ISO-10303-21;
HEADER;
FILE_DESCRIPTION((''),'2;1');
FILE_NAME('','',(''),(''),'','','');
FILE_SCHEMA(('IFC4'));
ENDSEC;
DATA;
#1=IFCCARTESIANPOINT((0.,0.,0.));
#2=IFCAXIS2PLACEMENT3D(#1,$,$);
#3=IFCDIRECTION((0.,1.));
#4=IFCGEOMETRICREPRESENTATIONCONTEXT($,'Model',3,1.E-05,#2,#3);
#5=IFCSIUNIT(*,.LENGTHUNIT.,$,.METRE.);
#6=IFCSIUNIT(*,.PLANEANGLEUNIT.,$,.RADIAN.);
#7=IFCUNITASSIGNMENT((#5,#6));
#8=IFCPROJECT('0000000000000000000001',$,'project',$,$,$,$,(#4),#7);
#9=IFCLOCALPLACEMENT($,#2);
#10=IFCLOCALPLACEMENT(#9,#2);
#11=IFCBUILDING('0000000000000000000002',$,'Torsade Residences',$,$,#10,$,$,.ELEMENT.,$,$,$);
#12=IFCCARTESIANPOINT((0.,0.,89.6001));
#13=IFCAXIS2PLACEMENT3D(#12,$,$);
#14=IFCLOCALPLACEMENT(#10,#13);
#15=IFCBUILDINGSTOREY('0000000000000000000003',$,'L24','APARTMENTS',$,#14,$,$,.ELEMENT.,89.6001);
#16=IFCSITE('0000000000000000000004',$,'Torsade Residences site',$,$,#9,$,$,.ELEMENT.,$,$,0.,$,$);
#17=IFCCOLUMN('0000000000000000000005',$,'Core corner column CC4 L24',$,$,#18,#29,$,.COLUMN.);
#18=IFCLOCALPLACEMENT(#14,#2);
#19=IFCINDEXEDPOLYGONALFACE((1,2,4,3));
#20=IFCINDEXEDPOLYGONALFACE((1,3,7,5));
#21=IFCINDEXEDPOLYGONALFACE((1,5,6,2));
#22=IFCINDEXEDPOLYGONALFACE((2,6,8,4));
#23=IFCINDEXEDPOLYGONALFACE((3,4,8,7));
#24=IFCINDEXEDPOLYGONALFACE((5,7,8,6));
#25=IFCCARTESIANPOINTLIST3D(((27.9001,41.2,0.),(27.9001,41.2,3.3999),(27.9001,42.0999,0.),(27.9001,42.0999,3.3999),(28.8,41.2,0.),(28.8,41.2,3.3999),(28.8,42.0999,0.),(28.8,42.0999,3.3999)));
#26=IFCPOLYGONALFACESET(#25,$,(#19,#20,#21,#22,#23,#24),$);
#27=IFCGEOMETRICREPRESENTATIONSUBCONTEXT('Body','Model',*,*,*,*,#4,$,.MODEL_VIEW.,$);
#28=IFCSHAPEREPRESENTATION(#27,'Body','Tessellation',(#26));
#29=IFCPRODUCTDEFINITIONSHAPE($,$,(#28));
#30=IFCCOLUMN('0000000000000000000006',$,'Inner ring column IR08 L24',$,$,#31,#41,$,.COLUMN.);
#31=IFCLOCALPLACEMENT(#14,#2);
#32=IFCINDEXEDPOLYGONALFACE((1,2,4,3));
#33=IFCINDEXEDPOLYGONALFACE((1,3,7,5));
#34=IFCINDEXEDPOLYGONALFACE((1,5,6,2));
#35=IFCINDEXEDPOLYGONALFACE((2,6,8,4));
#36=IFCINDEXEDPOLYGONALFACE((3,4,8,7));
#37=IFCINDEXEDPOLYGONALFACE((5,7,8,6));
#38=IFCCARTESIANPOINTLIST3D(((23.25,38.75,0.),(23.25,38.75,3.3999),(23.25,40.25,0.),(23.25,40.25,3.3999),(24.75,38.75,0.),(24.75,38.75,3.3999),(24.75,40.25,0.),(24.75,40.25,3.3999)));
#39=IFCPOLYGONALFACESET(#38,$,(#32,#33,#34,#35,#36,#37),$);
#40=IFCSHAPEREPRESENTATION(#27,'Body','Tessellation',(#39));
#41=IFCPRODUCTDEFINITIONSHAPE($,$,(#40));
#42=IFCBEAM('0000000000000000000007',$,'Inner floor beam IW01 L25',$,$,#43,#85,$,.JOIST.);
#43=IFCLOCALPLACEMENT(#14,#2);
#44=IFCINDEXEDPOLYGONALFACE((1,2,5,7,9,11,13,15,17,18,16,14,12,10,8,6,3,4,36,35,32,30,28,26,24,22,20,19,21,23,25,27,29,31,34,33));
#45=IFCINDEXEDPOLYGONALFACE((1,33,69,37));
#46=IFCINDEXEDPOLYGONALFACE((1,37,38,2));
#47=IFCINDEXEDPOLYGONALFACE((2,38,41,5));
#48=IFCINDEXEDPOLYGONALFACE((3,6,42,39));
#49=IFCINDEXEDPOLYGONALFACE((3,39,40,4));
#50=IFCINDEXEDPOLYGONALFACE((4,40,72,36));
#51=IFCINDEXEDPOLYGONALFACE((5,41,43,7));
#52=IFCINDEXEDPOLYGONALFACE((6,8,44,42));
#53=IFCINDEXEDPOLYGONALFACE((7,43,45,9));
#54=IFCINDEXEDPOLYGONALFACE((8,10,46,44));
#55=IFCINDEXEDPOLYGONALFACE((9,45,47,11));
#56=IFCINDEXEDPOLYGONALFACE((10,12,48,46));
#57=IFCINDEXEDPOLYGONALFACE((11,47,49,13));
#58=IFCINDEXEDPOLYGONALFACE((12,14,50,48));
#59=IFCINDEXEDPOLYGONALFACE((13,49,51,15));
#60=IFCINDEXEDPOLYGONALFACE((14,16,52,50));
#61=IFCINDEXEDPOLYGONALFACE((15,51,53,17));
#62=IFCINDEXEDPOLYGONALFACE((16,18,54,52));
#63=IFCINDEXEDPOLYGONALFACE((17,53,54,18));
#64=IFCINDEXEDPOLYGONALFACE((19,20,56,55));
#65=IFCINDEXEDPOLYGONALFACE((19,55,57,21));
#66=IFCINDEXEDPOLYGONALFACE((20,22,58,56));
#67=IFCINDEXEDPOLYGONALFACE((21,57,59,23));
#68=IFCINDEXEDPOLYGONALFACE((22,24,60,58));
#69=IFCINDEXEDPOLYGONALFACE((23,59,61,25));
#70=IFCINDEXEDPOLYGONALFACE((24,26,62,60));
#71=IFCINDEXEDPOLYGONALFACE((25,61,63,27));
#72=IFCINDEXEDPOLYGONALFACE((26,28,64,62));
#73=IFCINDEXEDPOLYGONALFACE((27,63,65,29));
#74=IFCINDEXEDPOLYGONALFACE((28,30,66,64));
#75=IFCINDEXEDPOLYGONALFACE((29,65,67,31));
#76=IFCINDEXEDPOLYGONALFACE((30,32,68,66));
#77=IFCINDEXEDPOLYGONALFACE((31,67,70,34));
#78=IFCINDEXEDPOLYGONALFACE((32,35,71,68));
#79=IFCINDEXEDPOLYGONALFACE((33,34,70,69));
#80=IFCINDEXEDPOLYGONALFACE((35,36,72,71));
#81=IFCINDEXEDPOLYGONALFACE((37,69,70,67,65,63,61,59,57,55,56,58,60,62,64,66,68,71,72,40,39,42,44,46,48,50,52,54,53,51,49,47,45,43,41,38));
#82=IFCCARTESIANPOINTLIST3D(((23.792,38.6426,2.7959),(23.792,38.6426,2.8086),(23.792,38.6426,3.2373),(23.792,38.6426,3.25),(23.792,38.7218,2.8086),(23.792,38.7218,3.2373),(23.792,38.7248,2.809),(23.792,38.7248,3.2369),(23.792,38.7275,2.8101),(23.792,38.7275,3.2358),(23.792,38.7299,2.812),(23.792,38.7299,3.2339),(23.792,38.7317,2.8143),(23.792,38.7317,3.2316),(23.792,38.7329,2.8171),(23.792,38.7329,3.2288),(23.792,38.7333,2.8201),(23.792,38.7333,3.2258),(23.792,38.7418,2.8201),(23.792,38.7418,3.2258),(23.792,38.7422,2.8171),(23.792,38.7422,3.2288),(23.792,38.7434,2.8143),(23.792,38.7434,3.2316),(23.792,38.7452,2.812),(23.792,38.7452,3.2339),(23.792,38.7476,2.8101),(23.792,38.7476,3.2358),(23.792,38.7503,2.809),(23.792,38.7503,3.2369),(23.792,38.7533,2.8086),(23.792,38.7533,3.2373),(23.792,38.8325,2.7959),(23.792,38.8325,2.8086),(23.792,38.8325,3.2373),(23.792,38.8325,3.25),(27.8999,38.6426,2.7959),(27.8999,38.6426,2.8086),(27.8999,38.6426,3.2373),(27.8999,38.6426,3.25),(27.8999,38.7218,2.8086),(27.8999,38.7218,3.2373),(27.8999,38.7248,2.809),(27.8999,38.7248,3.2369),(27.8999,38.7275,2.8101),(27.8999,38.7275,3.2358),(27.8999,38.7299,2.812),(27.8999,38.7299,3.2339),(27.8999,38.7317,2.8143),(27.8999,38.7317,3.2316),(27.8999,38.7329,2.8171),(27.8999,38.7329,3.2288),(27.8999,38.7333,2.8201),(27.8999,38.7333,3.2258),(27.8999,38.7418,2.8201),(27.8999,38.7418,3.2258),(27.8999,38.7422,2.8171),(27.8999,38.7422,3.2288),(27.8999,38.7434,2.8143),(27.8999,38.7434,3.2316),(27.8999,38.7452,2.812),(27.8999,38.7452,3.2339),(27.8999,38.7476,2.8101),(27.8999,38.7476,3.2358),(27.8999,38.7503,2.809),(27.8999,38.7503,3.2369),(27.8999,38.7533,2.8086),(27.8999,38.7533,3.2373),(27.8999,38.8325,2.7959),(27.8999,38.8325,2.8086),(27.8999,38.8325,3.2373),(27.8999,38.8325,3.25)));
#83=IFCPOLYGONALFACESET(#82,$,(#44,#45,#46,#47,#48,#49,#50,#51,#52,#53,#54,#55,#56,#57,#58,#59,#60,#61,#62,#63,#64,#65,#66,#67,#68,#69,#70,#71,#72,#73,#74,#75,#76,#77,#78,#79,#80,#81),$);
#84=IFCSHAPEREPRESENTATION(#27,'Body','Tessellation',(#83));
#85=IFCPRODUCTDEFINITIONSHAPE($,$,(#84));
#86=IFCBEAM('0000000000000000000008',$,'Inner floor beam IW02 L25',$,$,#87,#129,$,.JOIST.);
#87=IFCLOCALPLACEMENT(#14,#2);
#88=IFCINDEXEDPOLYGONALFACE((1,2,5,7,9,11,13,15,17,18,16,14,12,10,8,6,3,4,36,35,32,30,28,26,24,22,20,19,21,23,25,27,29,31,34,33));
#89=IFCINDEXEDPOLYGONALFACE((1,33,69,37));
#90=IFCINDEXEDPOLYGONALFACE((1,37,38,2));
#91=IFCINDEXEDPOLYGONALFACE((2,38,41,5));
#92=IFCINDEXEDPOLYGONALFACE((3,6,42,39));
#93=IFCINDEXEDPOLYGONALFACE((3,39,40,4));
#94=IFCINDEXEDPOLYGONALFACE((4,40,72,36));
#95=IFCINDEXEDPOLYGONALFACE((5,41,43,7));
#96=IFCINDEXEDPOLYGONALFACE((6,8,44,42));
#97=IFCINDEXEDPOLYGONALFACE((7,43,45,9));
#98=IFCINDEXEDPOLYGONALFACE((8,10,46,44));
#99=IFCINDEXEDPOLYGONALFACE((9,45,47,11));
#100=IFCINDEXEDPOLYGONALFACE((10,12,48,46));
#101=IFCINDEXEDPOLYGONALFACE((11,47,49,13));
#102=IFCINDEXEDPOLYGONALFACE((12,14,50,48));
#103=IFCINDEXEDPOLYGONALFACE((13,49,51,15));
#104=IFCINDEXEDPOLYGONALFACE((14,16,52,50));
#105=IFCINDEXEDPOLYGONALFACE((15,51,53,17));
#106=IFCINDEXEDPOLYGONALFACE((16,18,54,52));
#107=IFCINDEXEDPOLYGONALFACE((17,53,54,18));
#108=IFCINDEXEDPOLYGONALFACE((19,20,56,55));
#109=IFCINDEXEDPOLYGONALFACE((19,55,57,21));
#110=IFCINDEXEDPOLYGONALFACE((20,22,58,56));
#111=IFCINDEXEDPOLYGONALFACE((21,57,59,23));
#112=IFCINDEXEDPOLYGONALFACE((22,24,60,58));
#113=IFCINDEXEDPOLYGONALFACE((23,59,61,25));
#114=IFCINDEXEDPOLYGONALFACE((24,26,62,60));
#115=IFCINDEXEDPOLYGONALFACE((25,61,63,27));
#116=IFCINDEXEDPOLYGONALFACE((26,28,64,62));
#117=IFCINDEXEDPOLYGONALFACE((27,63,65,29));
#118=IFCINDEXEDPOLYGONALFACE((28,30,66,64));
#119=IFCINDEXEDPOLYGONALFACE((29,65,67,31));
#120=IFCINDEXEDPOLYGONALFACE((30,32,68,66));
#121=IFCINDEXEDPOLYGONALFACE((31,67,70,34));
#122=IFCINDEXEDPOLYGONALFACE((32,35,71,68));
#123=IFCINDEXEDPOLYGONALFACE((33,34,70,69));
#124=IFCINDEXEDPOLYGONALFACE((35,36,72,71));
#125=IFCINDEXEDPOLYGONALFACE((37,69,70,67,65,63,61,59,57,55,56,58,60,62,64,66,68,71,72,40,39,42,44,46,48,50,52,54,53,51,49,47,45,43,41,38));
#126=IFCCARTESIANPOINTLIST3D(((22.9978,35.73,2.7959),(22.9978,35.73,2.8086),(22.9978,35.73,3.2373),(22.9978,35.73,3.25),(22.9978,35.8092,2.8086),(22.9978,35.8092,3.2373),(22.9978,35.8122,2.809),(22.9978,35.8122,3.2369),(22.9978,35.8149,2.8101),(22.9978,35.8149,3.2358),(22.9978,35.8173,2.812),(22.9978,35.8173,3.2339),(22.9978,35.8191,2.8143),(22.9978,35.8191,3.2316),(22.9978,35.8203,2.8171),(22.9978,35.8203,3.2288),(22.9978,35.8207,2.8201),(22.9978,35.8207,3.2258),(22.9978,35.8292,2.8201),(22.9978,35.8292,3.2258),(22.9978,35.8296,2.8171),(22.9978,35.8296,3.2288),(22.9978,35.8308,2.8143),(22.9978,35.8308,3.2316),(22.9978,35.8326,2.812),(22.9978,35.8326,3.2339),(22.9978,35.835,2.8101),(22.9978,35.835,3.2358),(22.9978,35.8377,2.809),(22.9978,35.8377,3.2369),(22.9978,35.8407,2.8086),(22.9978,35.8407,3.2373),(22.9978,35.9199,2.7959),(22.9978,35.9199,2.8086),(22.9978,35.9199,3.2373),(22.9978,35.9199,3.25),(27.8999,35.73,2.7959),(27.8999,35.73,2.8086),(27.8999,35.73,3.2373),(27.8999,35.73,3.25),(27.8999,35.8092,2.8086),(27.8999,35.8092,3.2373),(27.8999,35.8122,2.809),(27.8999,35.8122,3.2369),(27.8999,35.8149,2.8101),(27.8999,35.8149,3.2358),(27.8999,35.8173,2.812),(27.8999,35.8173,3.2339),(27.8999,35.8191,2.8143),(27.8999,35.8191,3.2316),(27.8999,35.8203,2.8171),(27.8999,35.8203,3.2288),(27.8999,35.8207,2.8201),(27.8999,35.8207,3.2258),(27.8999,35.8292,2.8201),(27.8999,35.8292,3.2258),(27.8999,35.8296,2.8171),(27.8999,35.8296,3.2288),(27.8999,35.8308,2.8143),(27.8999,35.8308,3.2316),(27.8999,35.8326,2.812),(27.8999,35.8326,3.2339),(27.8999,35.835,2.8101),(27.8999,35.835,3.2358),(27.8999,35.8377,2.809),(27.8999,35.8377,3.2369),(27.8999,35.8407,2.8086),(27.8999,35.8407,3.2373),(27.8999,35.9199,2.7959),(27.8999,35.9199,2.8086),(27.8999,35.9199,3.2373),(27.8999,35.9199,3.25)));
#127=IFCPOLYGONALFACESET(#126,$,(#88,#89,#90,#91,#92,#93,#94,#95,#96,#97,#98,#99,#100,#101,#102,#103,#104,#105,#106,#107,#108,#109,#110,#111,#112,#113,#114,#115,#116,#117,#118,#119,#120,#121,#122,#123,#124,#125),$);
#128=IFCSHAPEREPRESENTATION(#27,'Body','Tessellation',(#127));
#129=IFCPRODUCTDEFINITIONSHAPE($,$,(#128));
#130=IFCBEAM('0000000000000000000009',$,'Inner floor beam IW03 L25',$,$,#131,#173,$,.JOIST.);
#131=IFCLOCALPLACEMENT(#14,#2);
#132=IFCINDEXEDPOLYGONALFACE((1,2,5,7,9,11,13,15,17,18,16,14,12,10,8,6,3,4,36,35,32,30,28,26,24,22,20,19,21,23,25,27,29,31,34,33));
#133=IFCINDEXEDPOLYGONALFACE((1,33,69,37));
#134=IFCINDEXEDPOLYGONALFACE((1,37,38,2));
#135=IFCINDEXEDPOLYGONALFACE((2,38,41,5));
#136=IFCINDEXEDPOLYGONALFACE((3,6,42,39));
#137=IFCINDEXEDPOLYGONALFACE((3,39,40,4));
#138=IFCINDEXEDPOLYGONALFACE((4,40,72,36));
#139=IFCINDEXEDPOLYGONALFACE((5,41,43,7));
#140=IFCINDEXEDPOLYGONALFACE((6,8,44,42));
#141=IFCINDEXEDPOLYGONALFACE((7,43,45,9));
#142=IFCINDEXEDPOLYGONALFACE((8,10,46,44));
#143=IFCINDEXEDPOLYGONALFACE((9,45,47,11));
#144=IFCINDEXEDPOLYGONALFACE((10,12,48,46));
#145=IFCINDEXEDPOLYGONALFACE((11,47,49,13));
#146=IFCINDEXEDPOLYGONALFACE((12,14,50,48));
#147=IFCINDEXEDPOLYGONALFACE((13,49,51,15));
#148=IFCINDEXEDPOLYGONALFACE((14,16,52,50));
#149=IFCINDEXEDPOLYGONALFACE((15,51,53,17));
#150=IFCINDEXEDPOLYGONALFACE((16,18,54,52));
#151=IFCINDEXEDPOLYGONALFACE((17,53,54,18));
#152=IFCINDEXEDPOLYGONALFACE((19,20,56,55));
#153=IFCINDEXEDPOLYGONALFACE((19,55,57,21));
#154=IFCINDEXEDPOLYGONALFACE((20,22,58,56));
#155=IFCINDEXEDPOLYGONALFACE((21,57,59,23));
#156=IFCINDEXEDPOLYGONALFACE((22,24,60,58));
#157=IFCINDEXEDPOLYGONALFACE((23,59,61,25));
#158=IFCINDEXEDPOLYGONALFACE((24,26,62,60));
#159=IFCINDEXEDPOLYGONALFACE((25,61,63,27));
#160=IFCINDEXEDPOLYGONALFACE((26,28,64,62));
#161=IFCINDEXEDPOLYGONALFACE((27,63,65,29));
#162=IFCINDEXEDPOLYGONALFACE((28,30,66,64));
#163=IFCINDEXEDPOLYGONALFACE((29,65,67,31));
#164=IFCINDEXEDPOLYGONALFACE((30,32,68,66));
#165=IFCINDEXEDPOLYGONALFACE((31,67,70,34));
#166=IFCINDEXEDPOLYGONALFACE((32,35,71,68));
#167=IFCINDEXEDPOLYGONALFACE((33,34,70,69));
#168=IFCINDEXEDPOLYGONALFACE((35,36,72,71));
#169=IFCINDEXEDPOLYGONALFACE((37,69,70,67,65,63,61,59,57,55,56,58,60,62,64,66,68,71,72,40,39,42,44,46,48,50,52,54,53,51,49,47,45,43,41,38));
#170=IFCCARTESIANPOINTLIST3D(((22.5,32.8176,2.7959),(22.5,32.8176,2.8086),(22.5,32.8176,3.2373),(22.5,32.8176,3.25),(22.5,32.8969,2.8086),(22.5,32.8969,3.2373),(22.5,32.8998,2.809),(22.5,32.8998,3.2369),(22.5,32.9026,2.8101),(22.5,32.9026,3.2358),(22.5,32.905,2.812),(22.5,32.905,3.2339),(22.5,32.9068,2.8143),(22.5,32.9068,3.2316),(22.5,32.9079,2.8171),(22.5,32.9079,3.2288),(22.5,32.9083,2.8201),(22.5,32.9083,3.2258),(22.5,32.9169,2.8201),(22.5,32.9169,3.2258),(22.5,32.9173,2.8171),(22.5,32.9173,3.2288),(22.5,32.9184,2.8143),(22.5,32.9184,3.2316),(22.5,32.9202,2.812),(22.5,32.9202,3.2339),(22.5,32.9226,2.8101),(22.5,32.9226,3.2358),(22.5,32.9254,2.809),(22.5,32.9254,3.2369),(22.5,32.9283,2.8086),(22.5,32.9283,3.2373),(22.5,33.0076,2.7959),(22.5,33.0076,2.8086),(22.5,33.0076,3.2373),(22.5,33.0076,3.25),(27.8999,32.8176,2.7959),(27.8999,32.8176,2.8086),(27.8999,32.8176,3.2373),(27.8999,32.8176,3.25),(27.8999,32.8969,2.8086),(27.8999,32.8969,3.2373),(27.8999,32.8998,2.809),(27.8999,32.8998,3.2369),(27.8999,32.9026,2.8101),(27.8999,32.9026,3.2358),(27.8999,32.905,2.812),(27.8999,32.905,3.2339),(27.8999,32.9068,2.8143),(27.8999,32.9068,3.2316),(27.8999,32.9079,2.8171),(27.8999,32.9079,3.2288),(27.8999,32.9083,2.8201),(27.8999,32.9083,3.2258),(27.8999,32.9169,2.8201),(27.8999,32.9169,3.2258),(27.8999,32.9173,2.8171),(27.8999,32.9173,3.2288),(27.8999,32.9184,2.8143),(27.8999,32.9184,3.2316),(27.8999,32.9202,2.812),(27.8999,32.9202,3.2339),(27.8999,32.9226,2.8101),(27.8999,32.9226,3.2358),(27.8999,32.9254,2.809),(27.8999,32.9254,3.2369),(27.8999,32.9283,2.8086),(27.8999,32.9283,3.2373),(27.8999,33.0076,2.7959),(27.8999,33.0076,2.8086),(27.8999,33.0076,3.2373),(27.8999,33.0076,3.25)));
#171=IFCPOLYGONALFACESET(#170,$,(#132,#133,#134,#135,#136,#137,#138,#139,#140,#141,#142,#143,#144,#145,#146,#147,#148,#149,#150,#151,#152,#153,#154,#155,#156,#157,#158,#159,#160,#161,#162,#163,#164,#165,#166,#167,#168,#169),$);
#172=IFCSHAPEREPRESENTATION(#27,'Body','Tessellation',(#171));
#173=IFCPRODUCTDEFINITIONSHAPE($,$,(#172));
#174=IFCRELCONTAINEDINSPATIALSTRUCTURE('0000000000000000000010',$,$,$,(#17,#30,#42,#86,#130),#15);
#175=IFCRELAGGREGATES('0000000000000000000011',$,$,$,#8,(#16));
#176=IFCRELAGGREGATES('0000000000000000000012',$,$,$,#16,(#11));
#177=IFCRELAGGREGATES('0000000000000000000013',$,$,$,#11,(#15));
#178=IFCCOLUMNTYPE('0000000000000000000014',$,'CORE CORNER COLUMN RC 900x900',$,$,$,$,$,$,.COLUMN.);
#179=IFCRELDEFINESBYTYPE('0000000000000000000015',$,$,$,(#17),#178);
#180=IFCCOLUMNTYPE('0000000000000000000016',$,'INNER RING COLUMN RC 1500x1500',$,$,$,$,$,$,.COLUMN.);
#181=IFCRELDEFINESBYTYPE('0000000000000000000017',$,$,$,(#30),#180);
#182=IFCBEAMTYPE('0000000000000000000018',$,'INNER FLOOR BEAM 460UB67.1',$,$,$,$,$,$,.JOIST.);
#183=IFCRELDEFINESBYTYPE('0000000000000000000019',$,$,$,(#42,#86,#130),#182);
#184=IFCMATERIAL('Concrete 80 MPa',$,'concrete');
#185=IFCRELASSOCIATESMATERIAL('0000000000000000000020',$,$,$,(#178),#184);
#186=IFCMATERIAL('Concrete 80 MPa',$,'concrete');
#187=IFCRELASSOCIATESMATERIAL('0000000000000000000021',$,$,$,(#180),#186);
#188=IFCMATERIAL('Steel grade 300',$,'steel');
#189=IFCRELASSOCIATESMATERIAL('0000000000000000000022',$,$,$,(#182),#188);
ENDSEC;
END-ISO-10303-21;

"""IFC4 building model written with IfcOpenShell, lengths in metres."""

from ifc_helpers import new_model, si_unit, direction, frame, origin, origin_2d, place, context, subcontext, project, spatial, rectangle, i_section, extrude, material, material_profile, profile_set, type_object, element, save


model = new_model("IFC4")

# Units and contexts
model_context = context("Model", 3, precision=1e-05, world=origin(), true_north=direction((0.0, 1.0)))
body_context = subcontext(model_context, "Body", "Model", "MODEL_VIEW")
ifc_project = project(units=[si_unit("LENGTHUNIT", "METRE"), si_unit("PLANEANGLEUNIT", "RADIAN")], contexts=[model_context])

# Site, building, storey
site_placement = place(None, origin())
site = spatial("IfcSite", under=ifc_project, at=site_placement, Name="Torsade Residences site", CompositionType="ELEMENT", RefElevation=0.0)
building_placement = place(site_placement, origin())
building = spatial("IfcBuilding", under=site, at=building_placement, Name="Torsade Residences", CompositionType="ELEMENT")
storey_placement = place(building_placement, frame((0.0, 0.0, 89.6001)))
storey = spatial("IfcBuildingStorey", under=building, at=storey_placement, Name="L24", Description="APARTMENTS", CompositionType="ELEMENT", Elevation=89.6001)

# Columns
ifc_material_1 = material(Name="Concrete 80 MPa", Category="concrete")
ifc_material_profile_1 = material_profile(ifc_material_1, rectangle(XDim=0.8999, YDim=0.8999, at=origin_2d()), Name="RC 900x900")
ifc_profile_set_1 = profile_set([ifc_material_profile_1], Name="Concrete 80 MPa")
column_type_1 = type_object("IfcColumnType", Name="CORE CORNER COLUMN RC 900x900", PredefinedType="COLUMN", material=ifc_profile_set_1)
column_1_placement = place(storey_placement, frame((28.3501, 41.6499, 0.0), z_axis=(0.0, 0.0, 1.0), x_axis=(1.0, 0.0, 0.0)))
element("IfcColumn", 1, at=column_1_placement, inside=storey, type_object=column_type_1, Name="Core corner column CC4 L24", PredefinedType="COLUMN", context=body_context, shape_type="SweptSolid", body=[
    extrude(rectangle(XDim=0.8999, YDim=0.8999, at=origin_2d()), origin(), (0.0, 0.0, 1.0), 3.3999),
])
ifc_material_2 = material(Name="Concrete 80 MPa", Category="concrete")
ifc_material_profile_2 = material_profile(ifc_material_2, rectangle(XDim=1.5, YDim=1.5, at=origin_2d()), Name="RC 1500x1500")
ifc_profile_set_2 = profile_set([ifc_material_profile_2], Name="Concrete 80 MPa")
column_type_2 = type_object("IfcColumnType", Name="INNER RING COLUMN RC 1500x1500", PredefinedType="COLUMN", material=ifc_profile_set_2)
column_2_placement = place(storey_placement, frame((24.0, 39.5, 0.0), z_axis=(0.0, 0.0, 1.0), x_axis=(1.0, 0.0, 0.0)))
element("IfcColumn", 2, at=column_2_placement, inside=storey, type_object=column_type_2, Name="Inner ring column IR08 L24", PredefinedType="COLUMN", context=body_context, shape_type="SweptSolid", body=[
    extrude(rectangle(XDim=1.5, YDim=1.5, at=origin_2d()), origin(), (0.0, 0.0, 1.0), 3.3999),
])

# Beams
ifc_material_3 = material(Name="Steel grade 300", Category="steel")
ifc_material_profile_3 = material_profile(ifc_material_3, i_section(OverallWidth=0.1899, OverallDepth=0.4541, WebThickness=0.0085, FlangeThickness=0.0127, FilletRadius=0.0115, at=origin_2d()), Name="460UB67.1")
ifc_profile_set_3 = profile_set([ifc_material_profile_3], Name="Steel grade 300")
beam_type_1 = type_object("IfcBeamType", Name="INNER FLOOR BEAM 460UB67.1", PredefinedType="JOIST", material=ifc_profile_set_3)
beam_1_placement = place(storey_placement, frame((27.8999, 38.7375, 3.0229), z_axis=(-1.0, 0.0, 0.0), x_axis=(0.0, -1.0, 0.0)))
element("IfcBeam", 3, at=beam_1_placement, inside=storey, type_object=beam_type_1, Name="Inner floor beam IW01 L25", PredefinedType="JOIST", context=body_context, shape_type="SweptSolid", body=[
    extrude(i_section(OverallWidth=0.1899, OverallDepth=0.4541, WebThickness=0.0085, FlangeThickness=0.0127, FilletRadius=0.0115, at=origin_2d()), origin(), (0.0, 0.0, 1.0), 4.1079),
])
beam_2_placement = place(storey_placement, frame((27.8999, 35.825, 3.0229), z_axis=(-1.0, 0.0, 0.0), x_axis=(0.0, -1.0, 0.0)))
element("IfcBeam", 4, at=beam_2_placement, inside=storey, type_object=beam_type_1, Name="Inner floor beam IW02 L25", PredefinedType="JOIST", context=body_context, shape_type="SweptSolid", body=[
    extrude(i_section(OverallWidth=0.1899, OverallDepth=0.4541, WebThickness=0.0085, FlangeThickness=0.0127, FilletRadius=0.0115, at=origin_2d()), origin(), (0.0, 0.0, 1.0), 4.9021),
])
for number, where, z_axis, x_axis, name in (
    (5, (27.8999, 32.9126, 3.0229), (-1.0, 0.0, 0.0), (0.0, -1.0, 0.0), "Inner floor beam IW03 L25"),
):
    element("IfcBeam", number, at=place(storey_placement, frame(where, z_axis=z_axis, x_axis=x_axis)), inside=storey, type_object=beam_type_1, Name=name, PredefinedType="JOIST", context=body_context, shape_type="SweptSolid", body=[
        extrude(i_section(OverallWidth=0.1899, OverallDepth=0.4541, WebThickness=0.0085, FlangeThickness=0.0127, FilletRadius=0.0115, at=origin_2d()), origin(), (0.0, 0.0, 1.0), 5.3999),
    ])

save(model, "model.ifc")
